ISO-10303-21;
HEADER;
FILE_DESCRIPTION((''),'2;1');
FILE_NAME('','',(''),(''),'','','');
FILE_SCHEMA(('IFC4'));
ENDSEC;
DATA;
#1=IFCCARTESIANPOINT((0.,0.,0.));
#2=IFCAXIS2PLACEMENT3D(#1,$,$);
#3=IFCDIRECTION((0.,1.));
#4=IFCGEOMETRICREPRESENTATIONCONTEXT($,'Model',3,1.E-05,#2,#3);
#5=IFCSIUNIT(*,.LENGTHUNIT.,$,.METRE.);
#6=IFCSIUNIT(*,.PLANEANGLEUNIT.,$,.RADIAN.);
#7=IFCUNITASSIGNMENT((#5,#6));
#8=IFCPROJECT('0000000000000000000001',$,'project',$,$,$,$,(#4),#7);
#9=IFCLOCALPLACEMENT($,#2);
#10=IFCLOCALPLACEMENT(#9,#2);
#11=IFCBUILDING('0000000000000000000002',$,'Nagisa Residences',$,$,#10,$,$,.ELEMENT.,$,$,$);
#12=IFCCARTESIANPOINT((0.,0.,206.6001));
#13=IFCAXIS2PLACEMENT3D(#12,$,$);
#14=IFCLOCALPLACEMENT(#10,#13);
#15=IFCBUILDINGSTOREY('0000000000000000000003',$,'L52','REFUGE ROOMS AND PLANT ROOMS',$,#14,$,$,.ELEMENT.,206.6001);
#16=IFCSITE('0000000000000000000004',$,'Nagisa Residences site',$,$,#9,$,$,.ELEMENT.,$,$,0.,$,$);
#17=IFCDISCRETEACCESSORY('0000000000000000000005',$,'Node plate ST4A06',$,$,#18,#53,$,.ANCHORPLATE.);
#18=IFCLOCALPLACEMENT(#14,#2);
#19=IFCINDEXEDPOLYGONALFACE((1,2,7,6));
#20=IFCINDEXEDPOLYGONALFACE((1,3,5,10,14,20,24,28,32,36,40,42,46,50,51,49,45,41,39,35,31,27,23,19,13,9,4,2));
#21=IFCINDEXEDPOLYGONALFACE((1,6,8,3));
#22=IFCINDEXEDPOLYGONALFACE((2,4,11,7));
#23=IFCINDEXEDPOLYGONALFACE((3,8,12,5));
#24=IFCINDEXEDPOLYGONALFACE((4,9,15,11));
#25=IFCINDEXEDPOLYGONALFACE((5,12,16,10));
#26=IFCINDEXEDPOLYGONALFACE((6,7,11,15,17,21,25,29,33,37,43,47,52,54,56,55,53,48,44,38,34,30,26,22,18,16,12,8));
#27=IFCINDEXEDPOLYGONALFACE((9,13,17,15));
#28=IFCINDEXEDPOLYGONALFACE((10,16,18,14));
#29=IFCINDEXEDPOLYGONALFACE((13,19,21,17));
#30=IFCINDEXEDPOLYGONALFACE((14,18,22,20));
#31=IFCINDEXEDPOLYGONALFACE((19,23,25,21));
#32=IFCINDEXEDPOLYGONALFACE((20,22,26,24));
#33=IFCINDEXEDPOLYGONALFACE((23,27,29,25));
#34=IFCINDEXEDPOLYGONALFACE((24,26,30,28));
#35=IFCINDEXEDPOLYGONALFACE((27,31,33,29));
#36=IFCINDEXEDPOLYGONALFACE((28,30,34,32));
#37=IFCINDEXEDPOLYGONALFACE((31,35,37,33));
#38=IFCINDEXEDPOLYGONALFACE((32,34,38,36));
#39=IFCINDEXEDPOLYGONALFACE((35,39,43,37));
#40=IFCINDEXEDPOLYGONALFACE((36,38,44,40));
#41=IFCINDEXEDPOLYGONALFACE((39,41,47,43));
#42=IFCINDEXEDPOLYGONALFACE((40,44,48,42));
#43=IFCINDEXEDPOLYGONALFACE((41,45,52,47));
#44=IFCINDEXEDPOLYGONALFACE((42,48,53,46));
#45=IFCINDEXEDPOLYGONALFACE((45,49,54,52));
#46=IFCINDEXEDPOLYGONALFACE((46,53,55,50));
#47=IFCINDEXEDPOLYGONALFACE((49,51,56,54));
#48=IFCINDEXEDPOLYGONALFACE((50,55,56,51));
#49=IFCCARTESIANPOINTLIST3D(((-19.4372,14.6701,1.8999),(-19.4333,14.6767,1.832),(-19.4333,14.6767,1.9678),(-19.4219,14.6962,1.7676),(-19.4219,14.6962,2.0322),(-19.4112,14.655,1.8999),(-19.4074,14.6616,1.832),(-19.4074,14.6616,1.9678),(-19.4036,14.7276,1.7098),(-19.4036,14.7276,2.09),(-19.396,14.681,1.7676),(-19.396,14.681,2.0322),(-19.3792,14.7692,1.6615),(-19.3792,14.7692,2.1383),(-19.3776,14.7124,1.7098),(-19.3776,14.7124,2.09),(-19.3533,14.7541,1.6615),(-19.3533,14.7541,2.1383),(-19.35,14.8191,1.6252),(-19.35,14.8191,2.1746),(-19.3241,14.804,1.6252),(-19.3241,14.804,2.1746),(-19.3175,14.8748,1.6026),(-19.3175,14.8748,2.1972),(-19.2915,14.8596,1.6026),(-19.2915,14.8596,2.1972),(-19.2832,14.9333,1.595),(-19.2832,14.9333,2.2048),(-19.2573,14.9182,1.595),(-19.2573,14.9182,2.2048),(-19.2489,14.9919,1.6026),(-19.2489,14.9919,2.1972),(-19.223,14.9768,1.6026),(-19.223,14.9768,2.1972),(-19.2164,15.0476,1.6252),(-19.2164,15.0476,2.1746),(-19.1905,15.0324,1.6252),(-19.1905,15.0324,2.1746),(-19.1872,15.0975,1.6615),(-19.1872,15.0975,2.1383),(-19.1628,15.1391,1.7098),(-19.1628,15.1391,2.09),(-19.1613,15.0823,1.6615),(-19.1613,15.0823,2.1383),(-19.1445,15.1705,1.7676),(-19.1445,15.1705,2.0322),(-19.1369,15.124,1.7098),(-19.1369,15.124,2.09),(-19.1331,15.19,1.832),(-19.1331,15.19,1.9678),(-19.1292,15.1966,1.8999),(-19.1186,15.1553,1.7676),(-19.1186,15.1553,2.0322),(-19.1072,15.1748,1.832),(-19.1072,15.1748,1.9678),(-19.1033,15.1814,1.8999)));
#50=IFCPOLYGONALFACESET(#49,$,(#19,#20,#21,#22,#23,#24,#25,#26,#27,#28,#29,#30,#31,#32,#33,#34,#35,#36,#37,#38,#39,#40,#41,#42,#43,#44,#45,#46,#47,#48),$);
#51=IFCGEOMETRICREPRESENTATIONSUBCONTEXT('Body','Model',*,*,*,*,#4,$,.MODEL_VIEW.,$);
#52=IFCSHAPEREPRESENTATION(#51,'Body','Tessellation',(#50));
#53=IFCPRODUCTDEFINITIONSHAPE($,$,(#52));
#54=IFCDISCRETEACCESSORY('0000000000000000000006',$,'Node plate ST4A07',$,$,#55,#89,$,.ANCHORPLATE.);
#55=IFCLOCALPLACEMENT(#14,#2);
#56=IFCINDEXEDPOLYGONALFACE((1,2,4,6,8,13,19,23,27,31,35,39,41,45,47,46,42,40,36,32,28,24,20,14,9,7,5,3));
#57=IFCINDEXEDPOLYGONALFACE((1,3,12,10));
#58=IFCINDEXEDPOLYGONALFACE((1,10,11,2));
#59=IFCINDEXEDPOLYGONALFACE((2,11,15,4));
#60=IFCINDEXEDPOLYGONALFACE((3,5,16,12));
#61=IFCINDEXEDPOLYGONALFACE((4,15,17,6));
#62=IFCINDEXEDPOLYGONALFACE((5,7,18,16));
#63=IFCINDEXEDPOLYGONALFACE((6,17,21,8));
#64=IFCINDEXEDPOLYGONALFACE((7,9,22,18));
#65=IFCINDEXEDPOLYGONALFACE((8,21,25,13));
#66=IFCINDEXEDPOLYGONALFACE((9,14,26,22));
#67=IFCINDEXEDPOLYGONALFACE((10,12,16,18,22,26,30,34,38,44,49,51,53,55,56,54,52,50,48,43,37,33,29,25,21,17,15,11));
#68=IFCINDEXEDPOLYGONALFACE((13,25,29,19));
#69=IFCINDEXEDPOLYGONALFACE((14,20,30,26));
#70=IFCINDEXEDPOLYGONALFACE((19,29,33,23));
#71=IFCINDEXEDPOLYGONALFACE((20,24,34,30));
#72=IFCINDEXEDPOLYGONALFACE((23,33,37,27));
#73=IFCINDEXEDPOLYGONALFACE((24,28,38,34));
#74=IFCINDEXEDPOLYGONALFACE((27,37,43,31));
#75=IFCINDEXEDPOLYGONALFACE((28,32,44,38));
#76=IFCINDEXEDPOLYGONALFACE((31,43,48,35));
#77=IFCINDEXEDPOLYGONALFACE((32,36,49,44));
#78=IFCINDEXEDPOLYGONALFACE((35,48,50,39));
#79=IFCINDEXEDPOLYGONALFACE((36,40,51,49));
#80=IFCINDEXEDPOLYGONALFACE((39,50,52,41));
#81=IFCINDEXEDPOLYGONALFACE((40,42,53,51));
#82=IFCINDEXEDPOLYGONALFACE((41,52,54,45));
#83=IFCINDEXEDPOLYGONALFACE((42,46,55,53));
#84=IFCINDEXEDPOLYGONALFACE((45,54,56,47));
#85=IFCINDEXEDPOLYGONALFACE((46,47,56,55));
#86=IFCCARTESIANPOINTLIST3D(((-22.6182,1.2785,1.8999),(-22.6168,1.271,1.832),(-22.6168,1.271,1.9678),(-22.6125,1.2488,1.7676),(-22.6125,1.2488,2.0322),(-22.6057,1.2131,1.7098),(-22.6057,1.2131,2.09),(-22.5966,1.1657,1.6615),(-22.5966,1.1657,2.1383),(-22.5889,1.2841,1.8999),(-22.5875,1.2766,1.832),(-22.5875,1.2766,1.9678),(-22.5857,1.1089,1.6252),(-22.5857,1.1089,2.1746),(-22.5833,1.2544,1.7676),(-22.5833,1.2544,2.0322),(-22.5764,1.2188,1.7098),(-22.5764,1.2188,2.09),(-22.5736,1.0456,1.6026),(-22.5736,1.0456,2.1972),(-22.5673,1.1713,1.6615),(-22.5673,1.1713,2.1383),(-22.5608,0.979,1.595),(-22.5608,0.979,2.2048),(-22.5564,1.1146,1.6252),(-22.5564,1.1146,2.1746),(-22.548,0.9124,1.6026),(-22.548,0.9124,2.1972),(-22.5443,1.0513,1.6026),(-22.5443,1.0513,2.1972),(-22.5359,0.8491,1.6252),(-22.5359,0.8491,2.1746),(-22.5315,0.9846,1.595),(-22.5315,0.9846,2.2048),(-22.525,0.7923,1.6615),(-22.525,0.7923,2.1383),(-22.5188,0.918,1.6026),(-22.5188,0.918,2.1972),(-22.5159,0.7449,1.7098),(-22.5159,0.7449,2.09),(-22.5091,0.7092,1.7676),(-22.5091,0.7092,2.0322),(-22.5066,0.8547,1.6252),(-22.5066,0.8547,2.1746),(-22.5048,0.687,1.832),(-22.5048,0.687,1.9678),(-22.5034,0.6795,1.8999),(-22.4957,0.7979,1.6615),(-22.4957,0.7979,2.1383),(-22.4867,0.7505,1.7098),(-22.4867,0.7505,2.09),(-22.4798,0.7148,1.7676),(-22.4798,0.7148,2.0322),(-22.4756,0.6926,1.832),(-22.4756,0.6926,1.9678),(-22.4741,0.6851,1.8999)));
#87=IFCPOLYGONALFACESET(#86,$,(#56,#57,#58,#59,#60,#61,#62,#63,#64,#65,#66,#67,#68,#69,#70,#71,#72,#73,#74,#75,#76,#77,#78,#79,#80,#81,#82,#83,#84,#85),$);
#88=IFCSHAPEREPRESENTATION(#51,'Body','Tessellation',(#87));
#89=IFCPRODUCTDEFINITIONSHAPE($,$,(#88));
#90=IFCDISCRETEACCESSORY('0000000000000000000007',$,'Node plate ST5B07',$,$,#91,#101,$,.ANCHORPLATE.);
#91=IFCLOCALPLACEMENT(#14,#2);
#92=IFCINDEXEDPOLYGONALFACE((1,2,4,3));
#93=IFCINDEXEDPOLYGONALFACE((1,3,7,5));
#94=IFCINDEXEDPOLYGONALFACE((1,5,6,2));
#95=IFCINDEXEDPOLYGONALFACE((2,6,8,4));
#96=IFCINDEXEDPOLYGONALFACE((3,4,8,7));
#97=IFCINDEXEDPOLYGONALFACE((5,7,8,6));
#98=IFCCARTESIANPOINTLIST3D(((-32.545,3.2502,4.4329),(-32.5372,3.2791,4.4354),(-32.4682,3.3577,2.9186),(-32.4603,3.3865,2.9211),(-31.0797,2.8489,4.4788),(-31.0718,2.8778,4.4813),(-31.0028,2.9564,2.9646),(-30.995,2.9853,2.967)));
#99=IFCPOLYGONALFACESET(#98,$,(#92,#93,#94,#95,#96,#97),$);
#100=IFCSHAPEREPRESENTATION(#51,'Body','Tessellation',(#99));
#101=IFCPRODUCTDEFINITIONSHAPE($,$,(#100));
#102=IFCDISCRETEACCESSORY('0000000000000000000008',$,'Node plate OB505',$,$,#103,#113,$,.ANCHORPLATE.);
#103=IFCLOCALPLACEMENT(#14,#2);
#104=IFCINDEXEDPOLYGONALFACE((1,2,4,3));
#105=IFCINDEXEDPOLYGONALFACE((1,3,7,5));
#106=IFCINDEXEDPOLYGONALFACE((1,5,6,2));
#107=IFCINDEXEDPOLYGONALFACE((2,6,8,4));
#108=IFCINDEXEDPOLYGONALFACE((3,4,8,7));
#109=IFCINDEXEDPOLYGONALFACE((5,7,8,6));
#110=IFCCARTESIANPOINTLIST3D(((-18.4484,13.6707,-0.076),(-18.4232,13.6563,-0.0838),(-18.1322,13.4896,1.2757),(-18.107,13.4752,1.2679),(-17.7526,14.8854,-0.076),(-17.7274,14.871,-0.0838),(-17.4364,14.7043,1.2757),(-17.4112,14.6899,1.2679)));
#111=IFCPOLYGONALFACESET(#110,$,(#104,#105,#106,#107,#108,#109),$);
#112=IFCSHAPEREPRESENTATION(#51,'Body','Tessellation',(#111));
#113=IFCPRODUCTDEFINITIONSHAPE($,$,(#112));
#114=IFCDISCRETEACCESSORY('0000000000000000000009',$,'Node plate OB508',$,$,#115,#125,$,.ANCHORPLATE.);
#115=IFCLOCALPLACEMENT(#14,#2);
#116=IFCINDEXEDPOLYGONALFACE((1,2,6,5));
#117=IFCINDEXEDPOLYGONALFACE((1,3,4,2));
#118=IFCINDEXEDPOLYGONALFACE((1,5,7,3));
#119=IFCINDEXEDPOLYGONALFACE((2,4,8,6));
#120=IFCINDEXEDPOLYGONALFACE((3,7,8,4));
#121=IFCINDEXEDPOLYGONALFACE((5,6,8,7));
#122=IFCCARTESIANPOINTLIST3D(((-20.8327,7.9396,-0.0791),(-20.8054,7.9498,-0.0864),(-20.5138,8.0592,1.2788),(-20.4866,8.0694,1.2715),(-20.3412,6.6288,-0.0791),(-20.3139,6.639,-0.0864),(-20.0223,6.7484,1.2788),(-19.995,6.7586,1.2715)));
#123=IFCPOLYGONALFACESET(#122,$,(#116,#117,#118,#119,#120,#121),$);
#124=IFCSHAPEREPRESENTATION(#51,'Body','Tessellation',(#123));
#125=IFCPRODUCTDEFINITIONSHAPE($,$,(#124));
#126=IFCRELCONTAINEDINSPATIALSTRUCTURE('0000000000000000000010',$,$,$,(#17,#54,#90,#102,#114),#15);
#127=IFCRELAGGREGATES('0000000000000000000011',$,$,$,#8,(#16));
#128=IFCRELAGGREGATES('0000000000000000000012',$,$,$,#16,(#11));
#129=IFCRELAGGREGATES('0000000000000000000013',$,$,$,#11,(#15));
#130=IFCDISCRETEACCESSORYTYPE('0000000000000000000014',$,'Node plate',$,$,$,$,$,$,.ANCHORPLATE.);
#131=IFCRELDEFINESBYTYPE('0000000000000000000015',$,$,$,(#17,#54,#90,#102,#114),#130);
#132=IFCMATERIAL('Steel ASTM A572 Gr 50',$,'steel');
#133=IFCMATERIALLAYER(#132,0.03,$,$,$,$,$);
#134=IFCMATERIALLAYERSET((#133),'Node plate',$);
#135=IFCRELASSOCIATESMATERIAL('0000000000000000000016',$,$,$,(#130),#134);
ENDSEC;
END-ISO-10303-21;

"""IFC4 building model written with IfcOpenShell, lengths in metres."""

from ifc_helpers import new_model, si_unit, direction, frame, origin, origin_2d, place, context, subcontext, project, spatial, rectangle, circle, extrude, material, layer, layer_set, type_object, element, save


model = new_model("IFC4")

# Units and contexts
model_context = context("Model", 3, precision=1e-05, world=origin(), true_north=direction((0.0, 1.0)))
body_context = subcontext(model_context, "Body", "Model", "MODEL_VIEW")
ifc_project = project(units=[si_unit("LENGTHUNIT", "METRE"), si_unit("PLANEANGLEUNIT", "RADIAN")], contexts=[model_context])

# Site, building, storey
site_placement = place(None, origin())
site = spatial("IfcSite", under=ifc_project, at=site_placement, Name="Nagisa Residences site", CompositionType="ELEMENT", RefElevation=0.0)
building_placement = place(site_placement, origin())
building = spatial("IfcBuilding", under=site, at=building_placement, Name="Nagisa Residences", CompositionType="ELEMENT")
storey_placement = place(building_placement, frame((0.0, 0.0, 206.6001)))
storey = spatial("IfcBuildingStorey", under=building, at=storey_placement, Name="L52", Description="REFUGE ROOMS AND PLANT ROOMS", CompositionType="ELEMENT", Elevation=206.6001)

# Discrete accessories
ifc_material_1 = material(Name="Steel ASTM A572 Gr 50", Category="steel")
ifc_layer = layer(ifc_material_1, 0.03)
ifc_layer_set = layer_set([ifc_layer], Name="Node plate")
discrete_accessory_type = type_object("IfcDiscreteAccessoryType", Name="Node plate", PredefinedType="ANCHORPLATE", material=ifc_layer_set)
discrete_accessory_1_placement = place(storey_placement, frame((-19.2832, 14.9333, 1.8999), z_axis=(0.863188, -0.504883, 0.0), x_axis=(0.504883, 0.863188, 0.0)))
element("IfcDiscreteAccessory", 1, at=discrete_accessory_1_placement, inside=storey, type_object=discrete_accessory_type, Name="Node plate ST4A06", PredefinedType="ANCHORPLATE", context=body_context, shape_type="SweptSolid", body=[
    extrude(circle(Radius=0.3049, at=origin_2d()), origin(), (0.0, 0.0, 1.0), 0.03),
])
discrete_accessory_2_placement = place(storey_placement, frame((-22.5608, 0.979, 1.8999), z_axis=(0.982123, 0.18824, 0.0), x_axis=(-0.18824, 0.982123, 0.0)))
element("IfcDiscreteAccessory", 2, at=discrete_accessory_2_placement, inside=storey, type_object=discrete_accessory_type, Name="Node plate ST4A07", PredefinedType="ANCHORPLATE", context=body_context, shape_type="SweptSolid", body=[
    extrude(circle(Radius=0.3049, at=origin_2d()), origin(), (0.0, 0.0, 1.0), 0.0298),
])
discrete_accessory_3_placement = place(storey_placement, frame((-31.7739, 3.1033, 3.6987), z_axis=(0.260862, 0.961928, 0.081519), x_axis=(0.964051, -0.263997, 0.030202)))
element("IfcDiscreteAccessory", 3, at=discrete_accessory_3_placement, inside=storey, type_object=discrete_accessory_type, Name="Node plate ST5B07", PredefinedType="ANCHORPLATE", context=body_context, shape_type="SweptSolid", body=[
    extrude(rectangle(XDim=1.52, YDim=1.52, at=origin_2d()), origin(), (0.0, 0.0, 1.0), 0.03),
])
for number, where, z_axis, x_axis, name in (
    (4, (-17.9424, 14.1875, 0.5999), (0.837814, -0.479913, -0.260292), (0.497046, 0.867724, 0.0), "Node plate OB505"),
    (5, (-20.4275, 7.344, 0.5999), (0.908201, 0.340575, -0.243268), (-0.351123, 0.936329, 0.0), "Node plate OB508"),
):
    element("IfcDiscreteAccessory", number, at=place(storey_placement, frame(where, z_axis=z_axis, x_axis=x_axis)), inside=storey, type_object=discrete_accessory_type, Name=name, PredefinedType="ANCHORPLATE", context=body_context, shape_type="SweptSolid", body=[
        extrude(rectangle(XDim=1.3999, YDim=1.3999, at=origin_2d()), origin(), (0.0, 0.0, 1.0), 0.03),
    ])

save(model, "model.ifc")
